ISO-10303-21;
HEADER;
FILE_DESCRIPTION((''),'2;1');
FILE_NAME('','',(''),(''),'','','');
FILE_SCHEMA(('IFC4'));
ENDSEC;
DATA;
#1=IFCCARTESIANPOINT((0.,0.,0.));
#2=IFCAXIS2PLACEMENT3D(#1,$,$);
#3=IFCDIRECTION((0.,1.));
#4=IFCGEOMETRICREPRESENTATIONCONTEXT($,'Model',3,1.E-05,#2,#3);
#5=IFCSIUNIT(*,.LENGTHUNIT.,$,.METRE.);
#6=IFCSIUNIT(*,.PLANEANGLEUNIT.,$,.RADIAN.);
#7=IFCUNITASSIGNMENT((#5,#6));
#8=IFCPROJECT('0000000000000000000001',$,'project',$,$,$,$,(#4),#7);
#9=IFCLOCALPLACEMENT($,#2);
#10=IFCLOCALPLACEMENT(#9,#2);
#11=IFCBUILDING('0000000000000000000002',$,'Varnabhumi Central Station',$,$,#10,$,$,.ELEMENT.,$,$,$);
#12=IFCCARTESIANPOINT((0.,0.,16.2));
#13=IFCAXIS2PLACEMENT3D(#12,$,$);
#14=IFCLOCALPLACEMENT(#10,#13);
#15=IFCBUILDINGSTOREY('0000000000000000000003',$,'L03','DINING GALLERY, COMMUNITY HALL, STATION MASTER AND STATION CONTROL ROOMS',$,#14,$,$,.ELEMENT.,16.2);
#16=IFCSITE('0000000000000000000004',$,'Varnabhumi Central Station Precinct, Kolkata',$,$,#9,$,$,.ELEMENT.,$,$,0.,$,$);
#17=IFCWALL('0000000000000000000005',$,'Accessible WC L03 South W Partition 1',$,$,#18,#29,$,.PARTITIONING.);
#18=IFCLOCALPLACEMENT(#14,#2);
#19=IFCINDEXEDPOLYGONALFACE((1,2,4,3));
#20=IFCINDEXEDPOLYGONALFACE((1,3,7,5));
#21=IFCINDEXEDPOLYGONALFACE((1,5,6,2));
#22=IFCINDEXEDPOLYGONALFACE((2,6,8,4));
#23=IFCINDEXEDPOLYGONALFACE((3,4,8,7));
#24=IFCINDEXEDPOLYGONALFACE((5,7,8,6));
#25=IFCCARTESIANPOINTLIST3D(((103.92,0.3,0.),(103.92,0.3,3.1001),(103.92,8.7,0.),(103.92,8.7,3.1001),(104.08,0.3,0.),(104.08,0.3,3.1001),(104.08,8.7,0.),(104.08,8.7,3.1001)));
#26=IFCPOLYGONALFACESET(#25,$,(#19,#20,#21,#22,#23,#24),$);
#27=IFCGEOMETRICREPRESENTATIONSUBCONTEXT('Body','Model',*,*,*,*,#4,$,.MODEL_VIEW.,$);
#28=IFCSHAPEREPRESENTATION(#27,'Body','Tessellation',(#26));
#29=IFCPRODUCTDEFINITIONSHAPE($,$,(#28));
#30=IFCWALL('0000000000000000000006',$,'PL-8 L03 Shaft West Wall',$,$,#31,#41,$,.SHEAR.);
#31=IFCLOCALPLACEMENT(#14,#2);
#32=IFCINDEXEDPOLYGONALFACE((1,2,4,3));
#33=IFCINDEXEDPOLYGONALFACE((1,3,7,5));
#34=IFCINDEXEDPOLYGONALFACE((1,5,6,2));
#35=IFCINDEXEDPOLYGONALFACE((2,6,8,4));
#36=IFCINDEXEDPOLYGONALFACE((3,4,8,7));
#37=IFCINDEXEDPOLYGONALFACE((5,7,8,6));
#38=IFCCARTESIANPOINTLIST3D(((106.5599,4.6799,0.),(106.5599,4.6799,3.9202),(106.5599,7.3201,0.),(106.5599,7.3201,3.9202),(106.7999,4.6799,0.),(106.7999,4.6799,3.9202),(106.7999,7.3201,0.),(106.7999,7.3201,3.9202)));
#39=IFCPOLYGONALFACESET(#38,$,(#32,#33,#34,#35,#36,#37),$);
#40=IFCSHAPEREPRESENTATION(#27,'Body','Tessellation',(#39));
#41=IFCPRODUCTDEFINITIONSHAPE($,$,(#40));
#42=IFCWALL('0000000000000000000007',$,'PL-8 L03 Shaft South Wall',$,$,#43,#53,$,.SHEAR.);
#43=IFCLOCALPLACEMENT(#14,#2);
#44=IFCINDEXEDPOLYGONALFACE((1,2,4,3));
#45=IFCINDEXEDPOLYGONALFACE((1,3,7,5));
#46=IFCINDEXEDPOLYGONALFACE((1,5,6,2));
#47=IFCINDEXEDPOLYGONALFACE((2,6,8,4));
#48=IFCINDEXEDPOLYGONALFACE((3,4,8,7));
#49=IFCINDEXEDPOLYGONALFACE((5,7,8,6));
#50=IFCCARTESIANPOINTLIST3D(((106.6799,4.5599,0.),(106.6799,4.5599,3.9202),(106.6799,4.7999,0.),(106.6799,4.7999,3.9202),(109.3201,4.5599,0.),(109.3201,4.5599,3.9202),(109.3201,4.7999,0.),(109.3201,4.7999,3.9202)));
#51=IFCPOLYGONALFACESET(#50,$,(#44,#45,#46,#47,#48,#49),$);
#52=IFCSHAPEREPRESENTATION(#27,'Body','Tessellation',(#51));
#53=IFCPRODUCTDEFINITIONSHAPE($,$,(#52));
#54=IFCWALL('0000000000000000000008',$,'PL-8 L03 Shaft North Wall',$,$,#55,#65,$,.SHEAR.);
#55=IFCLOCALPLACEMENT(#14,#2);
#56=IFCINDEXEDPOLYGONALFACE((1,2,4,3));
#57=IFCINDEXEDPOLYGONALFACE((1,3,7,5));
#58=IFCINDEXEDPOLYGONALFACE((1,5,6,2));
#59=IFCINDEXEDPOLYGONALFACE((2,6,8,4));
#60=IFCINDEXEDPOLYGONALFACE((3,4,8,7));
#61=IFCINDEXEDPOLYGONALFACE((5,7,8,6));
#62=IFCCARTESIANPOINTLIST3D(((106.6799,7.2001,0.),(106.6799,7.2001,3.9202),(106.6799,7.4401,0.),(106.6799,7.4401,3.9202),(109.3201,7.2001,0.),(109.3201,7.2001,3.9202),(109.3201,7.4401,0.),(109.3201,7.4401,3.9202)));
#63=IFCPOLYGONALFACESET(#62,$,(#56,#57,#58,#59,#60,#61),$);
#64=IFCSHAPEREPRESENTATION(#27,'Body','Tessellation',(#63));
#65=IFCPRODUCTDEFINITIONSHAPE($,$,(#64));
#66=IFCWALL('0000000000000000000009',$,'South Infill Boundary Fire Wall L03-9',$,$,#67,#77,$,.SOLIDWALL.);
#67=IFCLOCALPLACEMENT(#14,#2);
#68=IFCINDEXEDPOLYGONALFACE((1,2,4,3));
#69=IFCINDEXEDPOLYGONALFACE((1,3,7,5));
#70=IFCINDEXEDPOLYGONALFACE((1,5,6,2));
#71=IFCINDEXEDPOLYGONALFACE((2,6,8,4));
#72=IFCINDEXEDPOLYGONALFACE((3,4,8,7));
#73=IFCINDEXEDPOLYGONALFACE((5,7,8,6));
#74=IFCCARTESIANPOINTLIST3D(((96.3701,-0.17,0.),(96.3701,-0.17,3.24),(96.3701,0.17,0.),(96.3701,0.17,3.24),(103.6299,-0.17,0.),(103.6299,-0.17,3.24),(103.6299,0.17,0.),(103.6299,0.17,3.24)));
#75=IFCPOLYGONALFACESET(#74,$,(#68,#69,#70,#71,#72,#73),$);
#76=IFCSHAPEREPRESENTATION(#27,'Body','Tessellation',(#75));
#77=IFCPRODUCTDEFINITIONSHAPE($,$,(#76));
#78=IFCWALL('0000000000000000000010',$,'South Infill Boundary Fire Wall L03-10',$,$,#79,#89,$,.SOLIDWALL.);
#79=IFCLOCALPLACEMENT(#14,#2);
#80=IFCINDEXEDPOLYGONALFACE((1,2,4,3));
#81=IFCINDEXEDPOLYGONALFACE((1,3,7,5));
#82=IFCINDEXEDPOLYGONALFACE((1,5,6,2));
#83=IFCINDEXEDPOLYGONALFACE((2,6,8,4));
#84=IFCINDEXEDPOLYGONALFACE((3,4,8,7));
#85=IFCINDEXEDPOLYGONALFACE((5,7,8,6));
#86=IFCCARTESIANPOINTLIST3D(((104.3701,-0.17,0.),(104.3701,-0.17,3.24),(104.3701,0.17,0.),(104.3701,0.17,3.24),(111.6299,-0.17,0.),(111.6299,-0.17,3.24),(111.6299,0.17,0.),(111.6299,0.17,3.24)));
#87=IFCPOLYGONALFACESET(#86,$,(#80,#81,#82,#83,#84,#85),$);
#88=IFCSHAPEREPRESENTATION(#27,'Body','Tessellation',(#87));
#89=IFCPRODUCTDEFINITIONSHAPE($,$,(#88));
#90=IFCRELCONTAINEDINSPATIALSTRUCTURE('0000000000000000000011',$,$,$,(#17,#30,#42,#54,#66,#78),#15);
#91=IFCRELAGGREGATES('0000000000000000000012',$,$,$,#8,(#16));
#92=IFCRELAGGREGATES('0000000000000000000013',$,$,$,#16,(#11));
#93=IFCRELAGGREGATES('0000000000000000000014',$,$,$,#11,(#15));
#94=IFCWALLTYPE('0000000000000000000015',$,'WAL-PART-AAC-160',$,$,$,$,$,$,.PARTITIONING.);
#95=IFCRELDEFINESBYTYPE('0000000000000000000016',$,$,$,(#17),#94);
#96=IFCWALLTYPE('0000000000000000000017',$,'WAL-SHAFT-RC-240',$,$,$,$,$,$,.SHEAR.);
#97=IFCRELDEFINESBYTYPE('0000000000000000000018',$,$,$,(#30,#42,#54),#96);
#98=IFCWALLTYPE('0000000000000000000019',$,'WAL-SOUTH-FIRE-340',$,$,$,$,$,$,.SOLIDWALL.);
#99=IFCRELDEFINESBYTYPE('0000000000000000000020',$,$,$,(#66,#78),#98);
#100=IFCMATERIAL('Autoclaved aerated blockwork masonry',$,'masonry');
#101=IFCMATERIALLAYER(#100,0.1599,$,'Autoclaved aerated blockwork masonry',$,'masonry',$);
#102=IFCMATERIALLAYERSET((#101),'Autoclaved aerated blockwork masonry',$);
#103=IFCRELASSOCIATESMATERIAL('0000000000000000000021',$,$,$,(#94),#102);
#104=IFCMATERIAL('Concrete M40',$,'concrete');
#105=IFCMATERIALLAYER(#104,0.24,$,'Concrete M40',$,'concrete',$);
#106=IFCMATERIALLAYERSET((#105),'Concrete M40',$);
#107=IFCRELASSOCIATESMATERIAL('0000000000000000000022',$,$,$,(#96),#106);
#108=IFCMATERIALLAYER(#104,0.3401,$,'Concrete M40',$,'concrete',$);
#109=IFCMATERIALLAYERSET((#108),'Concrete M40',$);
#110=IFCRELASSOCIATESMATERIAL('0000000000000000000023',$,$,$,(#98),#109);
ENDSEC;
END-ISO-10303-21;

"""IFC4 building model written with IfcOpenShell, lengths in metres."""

from ifc_helpers import new_model, si_unit, direction, frame, frame_2d, origin, place, context, subcontext, project, spatial, rectangle, extrude, material, layer, layer_set, type_object, element, save


model = new_model("IFC4")

# Units and contexts
model_context = context("Model", 3, precision=1e-05, world=origin(), true_north=direction((0.0, 1.0)))
body_context = subcontext(model_context, "Body", "Model", "MODEL_VIEW")
ifc_project = project(units=[si_unit("LENGTHUNIT", "METRE"), si_unit("PLANEANGLEUNIT", "RADIAN")], contexts=[model_context])

# Site, building, storey
site_placement = place(None, origin())
site = spatial("IfcSite", under=ifc_project, at=site_placement, Name="Varnabhumi Central Station Precinct, Kolkata", CompositionType="ELEMENT", RefElevation=0.0)
building_placement = place(site_placement, origin())
building = spatial("IfcBuilding", under=site, at=building_placement, Name="Varnabhumi Central Station", CompositionType="ELEMENT")
storey_placement = place(building_placement, frame((0.0, 0.0, 16.2)))
storey = spatial("IfcBuildingStorey", under=building, at=storey_placement, Name="L03", Description="DINING GALLERY, COMMUNITY HALL, STATION MASTER AND STATION CONTROL ROOMS", CompositionType="ELEMENT", Elevation=16.2)

# Shared definitions
ifc_material_1 = material(Name="Concrete M40", Category="concrete")

# Walls
ifc_material_2 = material(Name="Autoclaved aerated blockwork masonry", Category="masonry")
ifc_layer_1 = layer(ifc_material_2, 0.1599, Name="Autoclaved aerated blockwork masonry", Category="masonry")
ifc_layer_set_1 = layer_set([ifc_layer_1], Name="Autoclaved aerated blockwork masonry")
wall_type_1 = type_object("IfcWallType", Name="WAL-PART-AAC-160", PredefinedType="PARTITIONING", material=ifc_layer_set_1)
wall_1_placement = place(storey_placement, frame((104.0, 0.3, 0.0), z_axis=(0.0, 0.0, 1.0), x_axis=(0.0, 1.0, 0.0)))
element("IfcWall", 1, at=wall_1_placement, inside=storey, type_object=wall_type_1, Name="Accessible WC L03 South W Partition 1", PredefinedType="PARTITIONING", context=body_context, shape_type="SweptSolid", body=[
    extrude(rectangle(XDim=8.3999, YDim=0.1599, at=frame_2d((4.2, 0.0))), origin(), (0.0, 0.0, 1.0), 3.1001),
])
ifc_layer_2 = layer(ifc_material_1, 0.24, Name="Concrete M40", Category="concrete")
ifc_layer_set_2 = layer_set([ifc_layer_2], Name="Concrete M40")
wall_type_2 = type_object("IfcWallType", Name="WAL-SHAFT-RC-240", PredefinedType="SHEAR", material=ifc_layer_set_2)
for number, where, z_axis, x_axis, name in (
    (2, (106.6799, 4.6799, 0.0), (0.0, 0.0, 1.0), (0.0, 1.0, 0.0), "PL-8 L03 Shaft West Wall"),
    (3, (106.6799, 4.6799, 0.0), (0.0, 0.0, 1.0), (1.0, 0.0, 0.0), "PL-8 L03 Shaft South Wall"),
    (4, (106.6799, 7.3201, 0.0), (0.0, 0.0, 1.0), (1.0, 0.0, 0.0), "PL-8 L03 Shaft North Wall"),
):
    element("IfcWall", number, at=place(storey_placement, frame(where, z_axis=z_axis, x_axis=x_axis)), inside=storey, type_object=wall_type_2, Name=name, PredefinedType="SHEAR", context=body_context, shape_type="SweptSolid", body=[
        extrude(rectangle(XDim=2.6401, YDim=0.24, at=frame_2d((1.3201, 0.0))), origin(), (0.0, 0.0, 1.0), 3.9202),
    ])

# Walls
ifc_layer_3 = layer(ifc_material_1, 0.3401, Name="Concrete M40", Category="concrete")
ifc_layer_set_3 = layer_set([ifc_layer_3], Name="Concrete M40")
wall_type_3 = type_object("IfcWallType", Name="WAL-SOUTH-FIRE-340", PredefinedType="SOLIDWALL", material=ifc_layer_set_3)
for number, where, z_axis, x_axis, name in (
    (5, (96.3701, 0.0, 0.0), (0.0, 0.0, 1.0), (1.0, 0.0, 0.0), "South Infill Boundary Fire Wall L03-9"),
    (6, (104.3701, 0.0, 0.0), (0.0, 0.0, 1.0), (1.0, 0.0, 0.0), "South Infill Boundary Fire Wall L03-10"),
):
    element("IfcWall", number, at=place(storey_placement, frame(where, z_axis=z_axis, x_axis=x_axis)), inside=storey, type_object=wall_type_3, Name=name, PredefinedType="SOLIDWALL", context=body_context, shape_type="SweptSolid", body=[
        extrude(rectangle(XDim=7.2598, YDim=0.3401, at=frame_2d((3.6299, 0.0))), origin(), (0.0, 0.0, 1.0), 3.24),
    ])

save(model, "model.ifc")
